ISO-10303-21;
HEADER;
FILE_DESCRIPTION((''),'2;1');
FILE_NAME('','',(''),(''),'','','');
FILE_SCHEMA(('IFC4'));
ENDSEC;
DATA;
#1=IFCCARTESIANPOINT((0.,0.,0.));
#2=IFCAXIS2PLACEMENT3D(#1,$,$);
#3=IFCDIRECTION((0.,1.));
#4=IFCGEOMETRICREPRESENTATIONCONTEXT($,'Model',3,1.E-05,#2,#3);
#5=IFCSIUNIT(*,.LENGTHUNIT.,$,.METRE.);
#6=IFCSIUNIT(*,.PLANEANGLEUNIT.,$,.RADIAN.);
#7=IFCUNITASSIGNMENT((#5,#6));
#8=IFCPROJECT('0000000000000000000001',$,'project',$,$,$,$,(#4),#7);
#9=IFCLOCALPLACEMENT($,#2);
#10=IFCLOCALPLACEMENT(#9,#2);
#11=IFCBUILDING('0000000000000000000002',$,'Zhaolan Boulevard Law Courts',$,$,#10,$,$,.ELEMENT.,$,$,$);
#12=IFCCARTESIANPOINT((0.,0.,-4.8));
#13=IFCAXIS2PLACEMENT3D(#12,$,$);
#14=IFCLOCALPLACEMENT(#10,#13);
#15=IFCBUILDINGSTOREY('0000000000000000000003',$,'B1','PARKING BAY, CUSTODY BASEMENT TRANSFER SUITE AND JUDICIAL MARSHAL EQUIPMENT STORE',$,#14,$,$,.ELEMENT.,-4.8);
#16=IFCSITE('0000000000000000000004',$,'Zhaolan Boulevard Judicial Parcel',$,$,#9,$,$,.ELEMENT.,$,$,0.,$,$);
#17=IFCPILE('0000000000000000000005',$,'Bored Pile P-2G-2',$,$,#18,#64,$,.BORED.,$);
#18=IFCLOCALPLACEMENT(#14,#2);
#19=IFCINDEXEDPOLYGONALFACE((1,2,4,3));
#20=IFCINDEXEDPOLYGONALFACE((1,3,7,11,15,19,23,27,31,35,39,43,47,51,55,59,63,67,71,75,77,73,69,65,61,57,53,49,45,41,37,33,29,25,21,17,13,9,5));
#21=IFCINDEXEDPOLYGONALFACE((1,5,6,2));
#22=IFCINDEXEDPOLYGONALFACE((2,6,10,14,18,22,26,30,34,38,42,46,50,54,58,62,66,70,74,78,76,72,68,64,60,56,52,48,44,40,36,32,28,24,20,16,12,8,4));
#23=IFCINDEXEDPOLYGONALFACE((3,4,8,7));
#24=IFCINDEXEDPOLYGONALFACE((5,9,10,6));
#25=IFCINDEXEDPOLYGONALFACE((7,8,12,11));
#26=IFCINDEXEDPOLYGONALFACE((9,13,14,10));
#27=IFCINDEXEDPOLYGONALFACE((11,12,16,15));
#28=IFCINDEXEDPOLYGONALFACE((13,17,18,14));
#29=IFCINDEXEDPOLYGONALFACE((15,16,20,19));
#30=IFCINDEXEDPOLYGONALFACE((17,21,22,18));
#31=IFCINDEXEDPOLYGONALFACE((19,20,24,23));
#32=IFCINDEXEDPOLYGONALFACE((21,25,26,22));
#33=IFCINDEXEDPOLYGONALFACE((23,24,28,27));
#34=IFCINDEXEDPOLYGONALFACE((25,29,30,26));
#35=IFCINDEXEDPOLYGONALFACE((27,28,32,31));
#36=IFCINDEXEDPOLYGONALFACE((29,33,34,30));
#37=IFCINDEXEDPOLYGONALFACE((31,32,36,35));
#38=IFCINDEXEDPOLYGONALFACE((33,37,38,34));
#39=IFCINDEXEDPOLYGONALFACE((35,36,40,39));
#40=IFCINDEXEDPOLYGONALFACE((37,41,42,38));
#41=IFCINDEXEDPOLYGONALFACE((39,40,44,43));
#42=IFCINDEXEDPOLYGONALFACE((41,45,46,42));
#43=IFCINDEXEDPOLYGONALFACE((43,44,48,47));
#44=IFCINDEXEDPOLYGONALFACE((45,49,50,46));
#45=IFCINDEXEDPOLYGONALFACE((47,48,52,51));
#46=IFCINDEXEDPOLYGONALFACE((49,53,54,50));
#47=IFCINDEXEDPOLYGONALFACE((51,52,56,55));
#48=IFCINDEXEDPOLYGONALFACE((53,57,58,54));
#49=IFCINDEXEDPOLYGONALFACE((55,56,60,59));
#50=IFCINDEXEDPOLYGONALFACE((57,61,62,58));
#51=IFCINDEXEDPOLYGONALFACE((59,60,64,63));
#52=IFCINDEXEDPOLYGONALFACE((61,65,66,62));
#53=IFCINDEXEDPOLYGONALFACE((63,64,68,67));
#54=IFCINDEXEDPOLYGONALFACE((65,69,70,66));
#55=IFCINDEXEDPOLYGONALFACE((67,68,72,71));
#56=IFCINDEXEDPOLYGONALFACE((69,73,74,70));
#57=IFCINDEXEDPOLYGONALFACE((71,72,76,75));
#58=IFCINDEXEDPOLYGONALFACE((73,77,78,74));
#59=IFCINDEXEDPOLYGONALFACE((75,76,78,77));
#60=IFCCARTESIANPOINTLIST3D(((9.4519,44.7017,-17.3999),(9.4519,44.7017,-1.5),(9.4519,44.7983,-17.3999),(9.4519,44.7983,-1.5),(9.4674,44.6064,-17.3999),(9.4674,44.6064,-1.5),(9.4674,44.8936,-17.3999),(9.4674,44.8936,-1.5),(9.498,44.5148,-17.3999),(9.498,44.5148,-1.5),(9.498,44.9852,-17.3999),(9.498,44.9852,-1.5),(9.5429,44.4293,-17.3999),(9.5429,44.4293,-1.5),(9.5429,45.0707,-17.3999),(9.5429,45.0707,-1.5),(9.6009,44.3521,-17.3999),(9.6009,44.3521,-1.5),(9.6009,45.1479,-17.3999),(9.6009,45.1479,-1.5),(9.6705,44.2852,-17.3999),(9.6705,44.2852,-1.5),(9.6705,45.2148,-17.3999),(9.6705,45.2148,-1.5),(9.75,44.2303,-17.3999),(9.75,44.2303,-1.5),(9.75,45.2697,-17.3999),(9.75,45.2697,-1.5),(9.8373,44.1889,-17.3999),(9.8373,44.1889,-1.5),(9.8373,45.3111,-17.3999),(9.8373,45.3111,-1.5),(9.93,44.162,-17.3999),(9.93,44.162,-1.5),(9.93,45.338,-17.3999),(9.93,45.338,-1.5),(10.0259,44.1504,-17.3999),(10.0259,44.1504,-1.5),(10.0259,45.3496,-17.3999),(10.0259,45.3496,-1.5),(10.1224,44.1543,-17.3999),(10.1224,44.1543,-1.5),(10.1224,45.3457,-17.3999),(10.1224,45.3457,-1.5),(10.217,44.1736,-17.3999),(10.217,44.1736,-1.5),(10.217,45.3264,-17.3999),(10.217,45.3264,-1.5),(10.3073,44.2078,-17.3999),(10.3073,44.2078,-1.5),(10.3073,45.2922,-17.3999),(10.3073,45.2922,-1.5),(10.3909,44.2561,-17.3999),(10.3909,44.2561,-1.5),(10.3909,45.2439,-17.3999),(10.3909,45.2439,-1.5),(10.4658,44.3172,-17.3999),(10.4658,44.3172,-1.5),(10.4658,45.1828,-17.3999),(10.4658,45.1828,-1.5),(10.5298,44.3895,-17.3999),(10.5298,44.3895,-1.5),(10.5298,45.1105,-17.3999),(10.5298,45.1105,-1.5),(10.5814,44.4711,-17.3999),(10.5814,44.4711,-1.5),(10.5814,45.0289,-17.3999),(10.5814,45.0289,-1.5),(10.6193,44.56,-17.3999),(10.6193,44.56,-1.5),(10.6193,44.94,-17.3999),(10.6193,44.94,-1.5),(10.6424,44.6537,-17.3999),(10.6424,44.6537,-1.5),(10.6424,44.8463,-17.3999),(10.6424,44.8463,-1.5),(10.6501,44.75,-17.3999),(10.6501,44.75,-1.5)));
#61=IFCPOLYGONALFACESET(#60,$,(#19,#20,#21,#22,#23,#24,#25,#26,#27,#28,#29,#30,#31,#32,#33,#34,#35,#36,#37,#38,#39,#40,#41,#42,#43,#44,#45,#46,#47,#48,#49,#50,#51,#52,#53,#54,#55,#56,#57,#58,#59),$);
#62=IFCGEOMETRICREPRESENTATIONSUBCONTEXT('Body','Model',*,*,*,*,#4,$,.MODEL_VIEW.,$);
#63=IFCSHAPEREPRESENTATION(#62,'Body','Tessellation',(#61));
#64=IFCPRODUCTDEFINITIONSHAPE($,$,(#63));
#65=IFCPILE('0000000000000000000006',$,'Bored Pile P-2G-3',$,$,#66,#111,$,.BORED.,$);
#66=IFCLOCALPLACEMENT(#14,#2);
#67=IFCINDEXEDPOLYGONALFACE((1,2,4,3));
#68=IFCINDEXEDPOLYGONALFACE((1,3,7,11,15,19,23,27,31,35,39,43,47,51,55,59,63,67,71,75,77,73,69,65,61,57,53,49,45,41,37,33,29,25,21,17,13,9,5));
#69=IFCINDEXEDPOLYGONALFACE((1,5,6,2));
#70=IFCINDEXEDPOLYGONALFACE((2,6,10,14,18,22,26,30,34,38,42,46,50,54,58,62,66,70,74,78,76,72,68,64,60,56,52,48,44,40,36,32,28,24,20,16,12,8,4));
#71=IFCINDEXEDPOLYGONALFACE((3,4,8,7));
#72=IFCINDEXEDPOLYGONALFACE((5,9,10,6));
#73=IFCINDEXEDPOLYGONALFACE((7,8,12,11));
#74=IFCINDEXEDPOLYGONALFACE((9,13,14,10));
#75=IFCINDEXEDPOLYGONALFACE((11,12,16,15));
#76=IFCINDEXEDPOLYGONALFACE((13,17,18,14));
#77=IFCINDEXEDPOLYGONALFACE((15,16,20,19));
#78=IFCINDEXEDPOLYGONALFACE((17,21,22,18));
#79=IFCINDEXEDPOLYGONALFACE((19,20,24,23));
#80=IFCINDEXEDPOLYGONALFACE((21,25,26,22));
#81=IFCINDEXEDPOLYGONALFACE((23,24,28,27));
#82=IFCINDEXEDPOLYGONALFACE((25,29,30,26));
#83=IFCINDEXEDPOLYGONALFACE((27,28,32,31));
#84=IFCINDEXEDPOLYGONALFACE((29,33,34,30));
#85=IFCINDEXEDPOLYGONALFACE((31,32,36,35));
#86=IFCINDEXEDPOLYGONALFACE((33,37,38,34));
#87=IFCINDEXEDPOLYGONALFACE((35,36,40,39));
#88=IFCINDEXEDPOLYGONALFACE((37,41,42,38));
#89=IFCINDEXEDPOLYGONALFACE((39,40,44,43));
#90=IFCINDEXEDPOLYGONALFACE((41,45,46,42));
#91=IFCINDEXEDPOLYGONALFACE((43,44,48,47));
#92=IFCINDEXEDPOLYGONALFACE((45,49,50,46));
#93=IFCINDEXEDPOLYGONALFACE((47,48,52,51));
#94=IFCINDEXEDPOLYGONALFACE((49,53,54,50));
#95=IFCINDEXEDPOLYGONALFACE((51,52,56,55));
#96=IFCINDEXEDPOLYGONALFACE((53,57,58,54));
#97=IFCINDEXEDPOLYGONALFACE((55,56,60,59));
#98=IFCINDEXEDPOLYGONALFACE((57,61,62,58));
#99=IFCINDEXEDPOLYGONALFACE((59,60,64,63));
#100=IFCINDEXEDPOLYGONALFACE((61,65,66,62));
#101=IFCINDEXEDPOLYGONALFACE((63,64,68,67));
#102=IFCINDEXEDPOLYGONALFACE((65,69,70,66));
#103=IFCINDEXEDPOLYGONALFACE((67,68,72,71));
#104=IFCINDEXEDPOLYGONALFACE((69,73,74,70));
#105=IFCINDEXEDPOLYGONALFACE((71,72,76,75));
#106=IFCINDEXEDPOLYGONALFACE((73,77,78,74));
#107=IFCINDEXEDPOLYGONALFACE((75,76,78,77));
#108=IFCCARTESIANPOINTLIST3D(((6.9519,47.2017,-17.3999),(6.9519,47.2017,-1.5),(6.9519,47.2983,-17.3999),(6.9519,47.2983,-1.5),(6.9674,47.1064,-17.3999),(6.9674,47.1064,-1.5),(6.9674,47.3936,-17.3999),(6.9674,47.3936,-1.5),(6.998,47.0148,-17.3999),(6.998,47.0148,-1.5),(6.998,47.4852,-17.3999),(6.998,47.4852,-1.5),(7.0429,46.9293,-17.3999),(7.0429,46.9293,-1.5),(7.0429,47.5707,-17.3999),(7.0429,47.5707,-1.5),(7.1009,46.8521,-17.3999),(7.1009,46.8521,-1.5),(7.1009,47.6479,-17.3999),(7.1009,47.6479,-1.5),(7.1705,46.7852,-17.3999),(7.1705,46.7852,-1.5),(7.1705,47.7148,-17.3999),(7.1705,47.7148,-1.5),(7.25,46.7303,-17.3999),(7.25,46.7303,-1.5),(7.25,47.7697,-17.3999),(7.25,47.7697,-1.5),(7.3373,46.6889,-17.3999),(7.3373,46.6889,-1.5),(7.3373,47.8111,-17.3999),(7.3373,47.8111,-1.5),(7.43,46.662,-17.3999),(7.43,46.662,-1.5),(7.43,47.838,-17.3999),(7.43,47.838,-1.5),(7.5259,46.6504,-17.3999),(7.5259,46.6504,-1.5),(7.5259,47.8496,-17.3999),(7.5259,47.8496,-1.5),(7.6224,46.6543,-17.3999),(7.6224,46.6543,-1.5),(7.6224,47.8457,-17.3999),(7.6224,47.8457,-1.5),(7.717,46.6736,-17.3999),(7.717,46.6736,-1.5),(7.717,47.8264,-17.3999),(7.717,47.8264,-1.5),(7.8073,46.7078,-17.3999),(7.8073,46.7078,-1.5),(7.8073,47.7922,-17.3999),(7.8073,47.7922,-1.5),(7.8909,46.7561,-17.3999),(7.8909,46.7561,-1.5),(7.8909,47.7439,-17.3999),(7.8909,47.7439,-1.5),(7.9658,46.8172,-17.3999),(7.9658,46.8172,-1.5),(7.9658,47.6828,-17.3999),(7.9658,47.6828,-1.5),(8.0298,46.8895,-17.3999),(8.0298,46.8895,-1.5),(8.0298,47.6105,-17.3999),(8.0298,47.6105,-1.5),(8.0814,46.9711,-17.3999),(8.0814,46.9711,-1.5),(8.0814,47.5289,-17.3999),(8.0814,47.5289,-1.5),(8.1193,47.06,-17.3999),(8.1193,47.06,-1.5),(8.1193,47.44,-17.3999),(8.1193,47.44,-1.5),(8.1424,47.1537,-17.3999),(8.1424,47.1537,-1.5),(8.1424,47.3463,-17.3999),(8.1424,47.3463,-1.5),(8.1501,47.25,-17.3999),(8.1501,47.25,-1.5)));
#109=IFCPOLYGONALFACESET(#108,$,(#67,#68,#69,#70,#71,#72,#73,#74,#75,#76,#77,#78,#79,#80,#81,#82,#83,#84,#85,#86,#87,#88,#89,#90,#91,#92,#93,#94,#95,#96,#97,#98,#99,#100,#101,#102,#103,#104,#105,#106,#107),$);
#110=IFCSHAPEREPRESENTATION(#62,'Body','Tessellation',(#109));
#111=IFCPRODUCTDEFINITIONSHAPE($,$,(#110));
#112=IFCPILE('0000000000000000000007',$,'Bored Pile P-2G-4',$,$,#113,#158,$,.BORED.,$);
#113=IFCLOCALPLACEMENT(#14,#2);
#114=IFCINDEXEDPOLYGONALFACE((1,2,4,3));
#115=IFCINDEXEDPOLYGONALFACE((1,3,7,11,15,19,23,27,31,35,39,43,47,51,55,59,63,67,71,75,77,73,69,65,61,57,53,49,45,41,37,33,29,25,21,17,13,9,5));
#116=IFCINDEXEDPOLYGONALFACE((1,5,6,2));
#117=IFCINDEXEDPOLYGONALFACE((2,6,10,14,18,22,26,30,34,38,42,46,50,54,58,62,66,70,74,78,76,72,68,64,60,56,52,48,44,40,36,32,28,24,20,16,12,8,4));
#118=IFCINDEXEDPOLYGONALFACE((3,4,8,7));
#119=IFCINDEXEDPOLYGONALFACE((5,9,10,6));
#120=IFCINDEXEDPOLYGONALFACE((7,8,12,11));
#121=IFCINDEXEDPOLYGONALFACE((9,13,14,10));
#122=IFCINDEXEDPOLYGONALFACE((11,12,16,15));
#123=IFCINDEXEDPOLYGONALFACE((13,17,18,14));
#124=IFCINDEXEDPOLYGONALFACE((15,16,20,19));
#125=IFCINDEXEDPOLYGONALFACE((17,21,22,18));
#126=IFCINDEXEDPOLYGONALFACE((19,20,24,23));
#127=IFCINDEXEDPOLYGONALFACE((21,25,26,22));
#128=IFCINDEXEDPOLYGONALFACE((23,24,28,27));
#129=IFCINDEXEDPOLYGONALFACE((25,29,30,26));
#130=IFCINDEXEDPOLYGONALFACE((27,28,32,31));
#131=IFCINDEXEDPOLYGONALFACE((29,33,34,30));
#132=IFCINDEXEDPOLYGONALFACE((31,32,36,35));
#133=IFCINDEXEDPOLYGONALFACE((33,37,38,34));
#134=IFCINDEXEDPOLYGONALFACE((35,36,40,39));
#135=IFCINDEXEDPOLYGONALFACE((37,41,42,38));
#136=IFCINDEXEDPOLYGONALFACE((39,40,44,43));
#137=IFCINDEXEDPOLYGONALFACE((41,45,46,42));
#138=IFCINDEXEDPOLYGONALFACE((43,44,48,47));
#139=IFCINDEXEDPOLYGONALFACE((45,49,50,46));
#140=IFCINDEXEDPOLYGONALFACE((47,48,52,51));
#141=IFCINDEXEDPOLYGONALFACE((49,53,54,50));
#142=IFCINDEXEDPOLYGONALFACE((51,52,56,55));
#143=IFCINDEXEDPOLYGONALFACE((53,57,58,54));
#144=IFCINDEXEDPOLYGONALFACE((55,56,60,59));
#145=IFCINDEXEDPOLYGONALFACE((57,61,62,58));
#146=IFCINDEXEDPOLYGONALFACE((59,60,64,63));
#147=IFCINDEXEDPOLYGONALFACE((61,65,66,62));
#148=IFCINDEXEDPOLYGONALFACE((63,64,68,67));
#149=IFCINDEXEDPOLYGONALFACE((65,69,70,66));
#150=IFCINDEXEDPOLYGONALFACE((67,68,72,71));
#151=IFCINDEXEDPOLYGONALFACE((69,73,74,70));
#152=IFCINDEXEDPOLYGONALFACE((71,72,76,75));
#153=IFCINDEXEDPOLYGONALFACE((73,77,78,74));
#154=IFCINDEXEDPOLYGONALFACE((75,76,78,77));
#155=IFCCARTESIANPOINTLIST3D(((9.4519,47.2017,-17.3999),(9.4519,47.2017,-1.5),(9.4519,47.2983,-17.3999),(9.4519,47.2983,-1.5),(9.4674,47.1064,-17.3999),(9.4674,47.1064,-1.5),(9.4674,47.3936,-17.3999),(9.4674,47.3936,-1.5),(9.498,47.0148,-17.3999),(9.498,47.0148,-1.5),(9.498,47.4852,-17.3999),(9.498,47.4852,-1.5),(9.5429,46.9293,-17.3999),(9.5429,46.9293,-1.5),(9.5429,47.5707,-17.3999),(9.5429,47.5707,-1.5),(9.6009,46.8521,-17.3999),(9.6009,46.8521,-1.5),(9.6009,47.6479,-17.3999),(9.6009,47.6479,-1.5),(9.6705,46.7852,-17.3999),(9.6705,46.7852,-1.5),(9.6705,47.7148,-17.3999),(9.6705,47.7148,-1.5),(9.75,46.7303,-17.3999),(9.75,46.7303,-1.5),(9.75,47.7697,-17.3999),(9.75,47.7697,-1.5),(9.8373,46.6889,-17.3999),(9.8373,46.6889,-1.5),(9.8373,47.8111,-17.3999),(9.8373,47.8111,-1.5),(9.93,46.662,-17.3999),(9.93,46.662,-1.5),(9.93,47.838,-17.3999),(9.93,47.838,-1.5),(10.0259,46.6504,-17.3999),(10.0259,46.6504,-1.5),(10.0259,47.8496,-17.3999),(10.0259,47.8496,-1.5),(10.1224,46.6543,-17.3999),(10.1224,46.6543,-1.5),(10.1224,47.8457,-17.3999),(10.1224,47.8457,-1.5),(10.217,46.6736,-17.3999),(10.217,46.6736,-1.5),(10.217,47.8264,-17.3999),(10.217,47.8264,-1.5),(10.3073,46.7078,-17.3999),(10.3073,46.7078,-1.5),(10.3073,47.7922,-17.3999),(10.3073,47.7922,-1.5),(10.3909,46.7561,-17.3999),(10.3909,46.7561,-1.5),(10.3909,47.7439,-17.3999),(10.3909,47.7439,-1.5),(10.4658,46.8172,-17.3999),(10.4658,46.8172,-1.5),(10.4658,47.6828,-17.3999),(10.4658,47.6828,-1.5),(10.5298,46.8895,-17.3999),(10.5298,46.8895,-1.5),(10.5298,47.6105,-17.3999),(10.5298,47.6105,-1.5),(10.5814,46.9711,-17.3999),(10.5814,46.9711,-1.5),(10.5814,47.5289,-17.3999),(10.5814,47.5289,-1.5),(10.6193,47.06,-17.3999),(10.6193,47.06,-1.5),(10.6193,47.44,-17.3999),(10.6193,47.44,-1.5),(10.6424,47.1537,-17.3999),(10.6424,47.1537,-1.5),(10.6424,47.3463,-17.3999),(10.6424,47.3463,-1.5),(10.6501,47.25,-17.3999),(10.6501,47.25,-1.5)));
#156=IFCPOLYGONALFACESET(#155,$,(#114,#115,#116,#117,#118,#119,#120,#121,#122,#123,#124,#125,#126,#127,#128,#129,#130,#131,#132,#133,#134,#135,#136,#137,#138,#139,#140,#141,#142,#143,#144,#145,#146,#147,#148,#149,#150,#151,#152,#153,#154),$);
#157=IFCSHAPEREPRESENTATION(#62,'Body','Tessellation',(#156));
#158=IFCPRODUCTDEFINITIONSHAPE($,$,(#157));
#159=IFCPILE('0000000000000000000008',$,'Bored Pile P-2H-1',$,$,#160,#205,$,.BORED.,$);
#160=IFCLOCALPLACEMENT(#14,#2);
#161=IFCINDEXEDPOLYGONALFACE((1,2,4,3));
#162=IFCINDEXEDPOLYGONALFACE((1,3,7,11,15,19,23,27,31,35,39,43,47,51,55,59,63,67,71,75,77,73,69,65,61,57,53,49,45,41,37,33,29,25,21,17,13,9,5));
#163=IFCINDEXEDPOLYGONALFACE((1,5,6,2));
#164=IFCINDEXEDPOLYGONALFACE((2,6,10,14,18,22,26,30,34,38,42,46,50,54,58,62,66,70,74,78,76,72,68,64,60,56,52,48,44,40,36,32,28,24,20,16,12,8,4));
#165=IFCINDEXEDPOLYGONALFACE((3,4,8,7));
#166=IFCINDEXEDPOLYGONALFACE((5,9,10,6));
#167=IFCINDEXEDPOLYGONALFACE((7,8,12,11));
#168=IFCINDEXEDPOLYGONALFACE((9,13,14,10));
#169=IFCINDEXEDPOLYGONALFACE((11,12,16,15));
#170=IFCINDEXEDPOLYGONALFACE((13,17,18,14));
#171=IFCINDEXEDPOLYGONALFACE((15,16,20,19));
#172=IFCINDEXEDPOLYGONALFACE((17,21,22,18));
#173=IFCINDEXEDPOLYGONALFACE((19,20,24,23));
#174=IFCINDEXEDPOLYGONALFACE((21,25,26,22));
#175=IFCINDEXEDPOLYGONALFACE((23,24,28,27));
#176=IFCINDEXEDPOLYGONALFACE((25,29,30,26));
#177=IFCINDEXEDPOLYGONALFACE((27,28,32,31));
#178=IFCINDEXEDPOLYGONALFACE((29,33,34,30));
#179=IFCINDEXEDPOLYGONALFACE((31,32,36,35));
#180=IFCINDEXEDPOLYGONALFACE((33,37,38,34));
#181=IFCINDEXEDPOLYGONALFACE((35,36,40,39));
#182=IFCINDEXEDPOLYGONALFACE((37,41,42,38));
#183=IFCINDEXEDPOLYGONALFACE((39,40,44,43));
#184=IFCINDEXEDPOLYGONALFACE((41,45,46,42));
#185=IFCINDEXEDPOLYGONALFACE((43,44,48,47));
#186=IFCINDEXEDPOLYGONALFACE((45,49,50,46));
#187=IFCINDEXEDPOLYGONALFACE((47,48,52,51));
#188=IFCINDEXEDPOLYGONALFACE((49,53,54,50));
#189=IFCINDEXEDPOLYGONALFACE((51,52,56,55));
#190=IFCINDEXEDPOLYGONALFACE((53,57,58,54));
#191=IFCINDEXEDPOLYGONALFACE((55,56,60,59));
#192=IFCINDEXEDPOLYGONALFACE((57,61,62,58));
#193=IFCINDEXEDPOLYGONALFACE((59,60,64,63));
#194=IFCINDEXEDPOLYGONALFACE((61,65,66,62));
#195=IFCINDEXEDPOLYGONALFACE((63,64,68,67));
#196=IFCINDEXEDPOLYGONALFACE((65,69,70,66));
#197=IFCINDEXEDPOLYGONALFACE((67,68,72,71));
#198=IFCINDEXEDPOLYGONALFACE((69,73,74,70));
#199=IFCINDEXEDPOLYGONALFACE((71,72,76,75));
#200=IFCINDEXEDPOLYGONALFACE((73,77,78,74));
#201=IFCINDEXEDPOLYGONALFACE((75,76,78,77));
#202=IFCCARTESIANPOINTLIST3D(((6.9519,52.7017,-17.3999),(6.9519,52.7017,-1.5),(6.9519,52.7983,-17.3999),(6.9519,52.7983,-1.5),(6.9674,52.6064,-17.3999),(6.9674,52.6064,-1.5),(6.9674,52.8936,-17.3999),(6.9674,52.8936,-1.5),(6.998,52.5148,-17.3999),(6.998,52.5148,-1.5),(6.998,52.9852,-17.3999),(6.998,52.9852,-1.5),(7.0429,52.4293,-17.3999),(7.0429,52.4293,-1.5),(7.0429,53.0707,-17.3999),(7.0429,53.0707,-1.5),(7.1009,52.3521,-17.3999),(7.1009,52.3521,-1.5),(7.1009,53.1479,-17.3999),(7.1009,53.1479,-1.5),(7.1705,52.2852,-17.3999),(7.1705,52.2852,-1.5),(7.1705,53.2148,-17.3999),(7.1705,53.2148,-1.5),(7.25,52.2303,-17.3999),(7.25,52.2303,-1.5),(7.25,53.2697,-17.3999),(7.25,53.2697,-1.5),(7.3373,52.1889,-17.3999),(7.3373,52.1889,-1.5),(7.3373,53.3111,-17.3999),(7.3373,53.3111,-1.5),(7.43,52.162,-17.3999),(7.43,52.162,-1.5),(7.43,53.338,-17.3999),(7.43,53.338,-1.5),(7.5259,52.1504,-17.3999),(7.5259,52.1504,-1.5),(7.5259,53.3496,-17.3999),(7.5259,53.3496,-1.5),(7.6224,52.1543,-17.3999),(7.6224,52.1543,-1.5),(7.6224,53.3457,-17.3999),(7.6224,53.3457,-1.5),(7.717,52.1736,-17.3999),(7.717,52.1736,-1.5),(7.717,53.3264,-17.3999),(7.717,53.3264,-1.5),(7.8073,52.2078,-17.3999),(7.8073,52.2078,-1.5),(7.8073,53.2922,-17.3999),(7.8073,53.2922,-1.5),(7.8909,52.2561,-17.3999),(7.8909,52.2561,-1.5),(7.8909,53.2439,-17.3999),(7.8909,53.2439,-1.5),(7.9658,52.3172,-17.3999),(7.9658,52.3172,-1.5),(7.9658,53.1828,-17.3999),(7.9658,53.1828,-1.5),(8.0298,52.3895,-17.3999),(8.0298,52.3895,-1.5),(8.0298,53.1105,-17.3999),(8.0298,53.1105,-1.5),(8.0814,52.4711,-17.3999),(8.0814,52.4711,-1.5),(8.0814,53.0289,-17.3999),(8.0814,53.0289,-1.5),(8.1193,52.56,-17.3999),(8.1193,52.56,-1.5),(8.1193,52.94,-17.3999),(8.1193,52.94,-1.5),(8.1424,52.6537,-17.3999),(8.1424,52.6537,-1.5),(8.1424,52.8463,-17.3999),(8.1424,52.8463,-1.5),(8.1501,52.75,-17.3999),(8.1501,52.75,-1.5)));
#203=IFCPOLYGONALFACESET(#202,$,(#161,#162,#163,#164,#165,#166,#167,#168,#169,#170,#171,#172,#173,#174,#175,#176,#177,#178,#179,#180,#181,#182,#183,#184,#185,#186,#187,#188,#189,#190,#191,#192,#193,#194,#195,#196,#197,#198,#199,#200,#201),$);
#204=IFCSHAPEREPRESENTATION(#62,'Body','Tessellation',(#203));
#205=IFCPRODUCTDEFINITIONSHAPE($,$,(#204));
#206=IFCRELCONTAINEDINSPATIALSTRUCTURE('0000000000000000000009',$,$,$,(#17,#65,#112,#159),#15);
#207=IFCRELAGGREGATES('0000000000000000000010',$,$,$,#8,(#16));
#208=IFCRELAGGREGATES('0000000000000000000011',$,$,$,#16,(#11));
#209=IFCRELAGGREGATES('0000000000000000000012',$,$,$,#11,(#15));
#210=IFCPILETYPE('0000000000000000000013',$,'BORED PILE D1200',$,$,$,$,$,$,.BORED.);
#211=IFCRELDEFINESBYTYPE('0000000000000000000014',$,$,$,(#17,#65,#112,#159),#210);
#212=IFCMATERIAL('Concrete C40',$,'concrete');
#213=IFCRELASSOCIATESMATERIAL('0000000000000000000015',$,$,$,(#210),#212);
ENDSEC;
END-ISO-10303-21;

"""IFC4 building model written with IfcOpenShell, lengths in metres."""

from ifc_helpers import new_model, si_unit, direction, frame, origin, origin_2d, place, context, subcontext, project, spatial, circle, extrude, material, material_profile, profile_set, type_object, element, save


model = new_model("IFC4")

# Units and contexts
model_context = context("Model", 3, precision=1e-05, world=origin(), true_north=direction((0.0, 1.0)))
body_context = subcontext(model_context, "Body", "Model", "MODEL_VIEW")
ifc_project = project(units=[si_unit("LENGTHUNIT", "METRE"), si_unit("PLANEANGLEUNIT", "RADIAN")], contexts=[model_context])

# Site, building, storey
site_placement = place(None, origin())
site = spatial("IfcSite", under=ifc_project, at=site_placement, Name="Zhaolan Boulevard Judicial Parcel", CompositionType="ELEMENT", RefElevation=0.0)
building_placement = place(site_placement, origin())
building = spatial("IfcBuilding", under=site, at=building_placement, Name="Zhaolan Boulevard Law Courts", CompositionType="ELEMENT")
storey_placement = place(building_placement, frame((0.0, 0.0, -4.8)))
storey = spatial("IfcBuildingStorey", under=building, at=storey_placement, Name="B1", Description="PARKING BAY, CUSTODY BASEMENT TRANSFER SUITE AND JUDICIAL MARSHAL EQUIPMENT STORE", CompositionType="ELEMENT", Elevation=-4.8)

# Piles
ifc_material_1 = material(Name="Concrete C40", Category="concrete")
ifc_material_profile_1 = material_profile(ifc_material_1, circle(Radius=0.6001, at=origin_2d()), Name="PILE-D1200")
ifc_profile_set_1 = profile_set([ifc_material_profile_1], Name="Concrete C40")
pile_type = type_object("IfcPileType", Name="BORED PILE D1200", PredefinedType="BORED", material=ifc_profile_set_1)
for number, where, z_axis, x_axis, name in (
    (1, (10.05, 44.75, -1.5), (0.0, 0.0, -1.0), (1.0, 0.0, 0.0), "Bored Pile P-2G-2"),
    (2, (7.55, 47.25, -1.5), (0.0, 0.0, -1.0), (1.0, 0.0, 0.0), "Bored Pile P-2G-3"),
    (3, (10.05, 47.25, -1.5), (0.0, 0.0, -1.0), (1.0, 0.0, 0.0), "Bored Pile P-2G-4"),
    (4, (7.55, 52.75, -1.5), (0.0, 0.0, -1.0), (1.0, 0.0, 0.0), "Bored Pile P-2H-1"),
):
    element("IfcPile", number, at=place(storey_placement, frame(where, z_axis=z_axis, x_axis=x_axis)), inside=storey, type_object=pile_type, Name=name, PredefinedType="BORED", context=body_context, shape_type="SweptSolid", body=[
        extrude(circle(Radius=0.6001, at=origin_2d()), origin(), (0.0, 0.0, 1.0), 15.8999),
    ])

save(model, "model.ifc")
